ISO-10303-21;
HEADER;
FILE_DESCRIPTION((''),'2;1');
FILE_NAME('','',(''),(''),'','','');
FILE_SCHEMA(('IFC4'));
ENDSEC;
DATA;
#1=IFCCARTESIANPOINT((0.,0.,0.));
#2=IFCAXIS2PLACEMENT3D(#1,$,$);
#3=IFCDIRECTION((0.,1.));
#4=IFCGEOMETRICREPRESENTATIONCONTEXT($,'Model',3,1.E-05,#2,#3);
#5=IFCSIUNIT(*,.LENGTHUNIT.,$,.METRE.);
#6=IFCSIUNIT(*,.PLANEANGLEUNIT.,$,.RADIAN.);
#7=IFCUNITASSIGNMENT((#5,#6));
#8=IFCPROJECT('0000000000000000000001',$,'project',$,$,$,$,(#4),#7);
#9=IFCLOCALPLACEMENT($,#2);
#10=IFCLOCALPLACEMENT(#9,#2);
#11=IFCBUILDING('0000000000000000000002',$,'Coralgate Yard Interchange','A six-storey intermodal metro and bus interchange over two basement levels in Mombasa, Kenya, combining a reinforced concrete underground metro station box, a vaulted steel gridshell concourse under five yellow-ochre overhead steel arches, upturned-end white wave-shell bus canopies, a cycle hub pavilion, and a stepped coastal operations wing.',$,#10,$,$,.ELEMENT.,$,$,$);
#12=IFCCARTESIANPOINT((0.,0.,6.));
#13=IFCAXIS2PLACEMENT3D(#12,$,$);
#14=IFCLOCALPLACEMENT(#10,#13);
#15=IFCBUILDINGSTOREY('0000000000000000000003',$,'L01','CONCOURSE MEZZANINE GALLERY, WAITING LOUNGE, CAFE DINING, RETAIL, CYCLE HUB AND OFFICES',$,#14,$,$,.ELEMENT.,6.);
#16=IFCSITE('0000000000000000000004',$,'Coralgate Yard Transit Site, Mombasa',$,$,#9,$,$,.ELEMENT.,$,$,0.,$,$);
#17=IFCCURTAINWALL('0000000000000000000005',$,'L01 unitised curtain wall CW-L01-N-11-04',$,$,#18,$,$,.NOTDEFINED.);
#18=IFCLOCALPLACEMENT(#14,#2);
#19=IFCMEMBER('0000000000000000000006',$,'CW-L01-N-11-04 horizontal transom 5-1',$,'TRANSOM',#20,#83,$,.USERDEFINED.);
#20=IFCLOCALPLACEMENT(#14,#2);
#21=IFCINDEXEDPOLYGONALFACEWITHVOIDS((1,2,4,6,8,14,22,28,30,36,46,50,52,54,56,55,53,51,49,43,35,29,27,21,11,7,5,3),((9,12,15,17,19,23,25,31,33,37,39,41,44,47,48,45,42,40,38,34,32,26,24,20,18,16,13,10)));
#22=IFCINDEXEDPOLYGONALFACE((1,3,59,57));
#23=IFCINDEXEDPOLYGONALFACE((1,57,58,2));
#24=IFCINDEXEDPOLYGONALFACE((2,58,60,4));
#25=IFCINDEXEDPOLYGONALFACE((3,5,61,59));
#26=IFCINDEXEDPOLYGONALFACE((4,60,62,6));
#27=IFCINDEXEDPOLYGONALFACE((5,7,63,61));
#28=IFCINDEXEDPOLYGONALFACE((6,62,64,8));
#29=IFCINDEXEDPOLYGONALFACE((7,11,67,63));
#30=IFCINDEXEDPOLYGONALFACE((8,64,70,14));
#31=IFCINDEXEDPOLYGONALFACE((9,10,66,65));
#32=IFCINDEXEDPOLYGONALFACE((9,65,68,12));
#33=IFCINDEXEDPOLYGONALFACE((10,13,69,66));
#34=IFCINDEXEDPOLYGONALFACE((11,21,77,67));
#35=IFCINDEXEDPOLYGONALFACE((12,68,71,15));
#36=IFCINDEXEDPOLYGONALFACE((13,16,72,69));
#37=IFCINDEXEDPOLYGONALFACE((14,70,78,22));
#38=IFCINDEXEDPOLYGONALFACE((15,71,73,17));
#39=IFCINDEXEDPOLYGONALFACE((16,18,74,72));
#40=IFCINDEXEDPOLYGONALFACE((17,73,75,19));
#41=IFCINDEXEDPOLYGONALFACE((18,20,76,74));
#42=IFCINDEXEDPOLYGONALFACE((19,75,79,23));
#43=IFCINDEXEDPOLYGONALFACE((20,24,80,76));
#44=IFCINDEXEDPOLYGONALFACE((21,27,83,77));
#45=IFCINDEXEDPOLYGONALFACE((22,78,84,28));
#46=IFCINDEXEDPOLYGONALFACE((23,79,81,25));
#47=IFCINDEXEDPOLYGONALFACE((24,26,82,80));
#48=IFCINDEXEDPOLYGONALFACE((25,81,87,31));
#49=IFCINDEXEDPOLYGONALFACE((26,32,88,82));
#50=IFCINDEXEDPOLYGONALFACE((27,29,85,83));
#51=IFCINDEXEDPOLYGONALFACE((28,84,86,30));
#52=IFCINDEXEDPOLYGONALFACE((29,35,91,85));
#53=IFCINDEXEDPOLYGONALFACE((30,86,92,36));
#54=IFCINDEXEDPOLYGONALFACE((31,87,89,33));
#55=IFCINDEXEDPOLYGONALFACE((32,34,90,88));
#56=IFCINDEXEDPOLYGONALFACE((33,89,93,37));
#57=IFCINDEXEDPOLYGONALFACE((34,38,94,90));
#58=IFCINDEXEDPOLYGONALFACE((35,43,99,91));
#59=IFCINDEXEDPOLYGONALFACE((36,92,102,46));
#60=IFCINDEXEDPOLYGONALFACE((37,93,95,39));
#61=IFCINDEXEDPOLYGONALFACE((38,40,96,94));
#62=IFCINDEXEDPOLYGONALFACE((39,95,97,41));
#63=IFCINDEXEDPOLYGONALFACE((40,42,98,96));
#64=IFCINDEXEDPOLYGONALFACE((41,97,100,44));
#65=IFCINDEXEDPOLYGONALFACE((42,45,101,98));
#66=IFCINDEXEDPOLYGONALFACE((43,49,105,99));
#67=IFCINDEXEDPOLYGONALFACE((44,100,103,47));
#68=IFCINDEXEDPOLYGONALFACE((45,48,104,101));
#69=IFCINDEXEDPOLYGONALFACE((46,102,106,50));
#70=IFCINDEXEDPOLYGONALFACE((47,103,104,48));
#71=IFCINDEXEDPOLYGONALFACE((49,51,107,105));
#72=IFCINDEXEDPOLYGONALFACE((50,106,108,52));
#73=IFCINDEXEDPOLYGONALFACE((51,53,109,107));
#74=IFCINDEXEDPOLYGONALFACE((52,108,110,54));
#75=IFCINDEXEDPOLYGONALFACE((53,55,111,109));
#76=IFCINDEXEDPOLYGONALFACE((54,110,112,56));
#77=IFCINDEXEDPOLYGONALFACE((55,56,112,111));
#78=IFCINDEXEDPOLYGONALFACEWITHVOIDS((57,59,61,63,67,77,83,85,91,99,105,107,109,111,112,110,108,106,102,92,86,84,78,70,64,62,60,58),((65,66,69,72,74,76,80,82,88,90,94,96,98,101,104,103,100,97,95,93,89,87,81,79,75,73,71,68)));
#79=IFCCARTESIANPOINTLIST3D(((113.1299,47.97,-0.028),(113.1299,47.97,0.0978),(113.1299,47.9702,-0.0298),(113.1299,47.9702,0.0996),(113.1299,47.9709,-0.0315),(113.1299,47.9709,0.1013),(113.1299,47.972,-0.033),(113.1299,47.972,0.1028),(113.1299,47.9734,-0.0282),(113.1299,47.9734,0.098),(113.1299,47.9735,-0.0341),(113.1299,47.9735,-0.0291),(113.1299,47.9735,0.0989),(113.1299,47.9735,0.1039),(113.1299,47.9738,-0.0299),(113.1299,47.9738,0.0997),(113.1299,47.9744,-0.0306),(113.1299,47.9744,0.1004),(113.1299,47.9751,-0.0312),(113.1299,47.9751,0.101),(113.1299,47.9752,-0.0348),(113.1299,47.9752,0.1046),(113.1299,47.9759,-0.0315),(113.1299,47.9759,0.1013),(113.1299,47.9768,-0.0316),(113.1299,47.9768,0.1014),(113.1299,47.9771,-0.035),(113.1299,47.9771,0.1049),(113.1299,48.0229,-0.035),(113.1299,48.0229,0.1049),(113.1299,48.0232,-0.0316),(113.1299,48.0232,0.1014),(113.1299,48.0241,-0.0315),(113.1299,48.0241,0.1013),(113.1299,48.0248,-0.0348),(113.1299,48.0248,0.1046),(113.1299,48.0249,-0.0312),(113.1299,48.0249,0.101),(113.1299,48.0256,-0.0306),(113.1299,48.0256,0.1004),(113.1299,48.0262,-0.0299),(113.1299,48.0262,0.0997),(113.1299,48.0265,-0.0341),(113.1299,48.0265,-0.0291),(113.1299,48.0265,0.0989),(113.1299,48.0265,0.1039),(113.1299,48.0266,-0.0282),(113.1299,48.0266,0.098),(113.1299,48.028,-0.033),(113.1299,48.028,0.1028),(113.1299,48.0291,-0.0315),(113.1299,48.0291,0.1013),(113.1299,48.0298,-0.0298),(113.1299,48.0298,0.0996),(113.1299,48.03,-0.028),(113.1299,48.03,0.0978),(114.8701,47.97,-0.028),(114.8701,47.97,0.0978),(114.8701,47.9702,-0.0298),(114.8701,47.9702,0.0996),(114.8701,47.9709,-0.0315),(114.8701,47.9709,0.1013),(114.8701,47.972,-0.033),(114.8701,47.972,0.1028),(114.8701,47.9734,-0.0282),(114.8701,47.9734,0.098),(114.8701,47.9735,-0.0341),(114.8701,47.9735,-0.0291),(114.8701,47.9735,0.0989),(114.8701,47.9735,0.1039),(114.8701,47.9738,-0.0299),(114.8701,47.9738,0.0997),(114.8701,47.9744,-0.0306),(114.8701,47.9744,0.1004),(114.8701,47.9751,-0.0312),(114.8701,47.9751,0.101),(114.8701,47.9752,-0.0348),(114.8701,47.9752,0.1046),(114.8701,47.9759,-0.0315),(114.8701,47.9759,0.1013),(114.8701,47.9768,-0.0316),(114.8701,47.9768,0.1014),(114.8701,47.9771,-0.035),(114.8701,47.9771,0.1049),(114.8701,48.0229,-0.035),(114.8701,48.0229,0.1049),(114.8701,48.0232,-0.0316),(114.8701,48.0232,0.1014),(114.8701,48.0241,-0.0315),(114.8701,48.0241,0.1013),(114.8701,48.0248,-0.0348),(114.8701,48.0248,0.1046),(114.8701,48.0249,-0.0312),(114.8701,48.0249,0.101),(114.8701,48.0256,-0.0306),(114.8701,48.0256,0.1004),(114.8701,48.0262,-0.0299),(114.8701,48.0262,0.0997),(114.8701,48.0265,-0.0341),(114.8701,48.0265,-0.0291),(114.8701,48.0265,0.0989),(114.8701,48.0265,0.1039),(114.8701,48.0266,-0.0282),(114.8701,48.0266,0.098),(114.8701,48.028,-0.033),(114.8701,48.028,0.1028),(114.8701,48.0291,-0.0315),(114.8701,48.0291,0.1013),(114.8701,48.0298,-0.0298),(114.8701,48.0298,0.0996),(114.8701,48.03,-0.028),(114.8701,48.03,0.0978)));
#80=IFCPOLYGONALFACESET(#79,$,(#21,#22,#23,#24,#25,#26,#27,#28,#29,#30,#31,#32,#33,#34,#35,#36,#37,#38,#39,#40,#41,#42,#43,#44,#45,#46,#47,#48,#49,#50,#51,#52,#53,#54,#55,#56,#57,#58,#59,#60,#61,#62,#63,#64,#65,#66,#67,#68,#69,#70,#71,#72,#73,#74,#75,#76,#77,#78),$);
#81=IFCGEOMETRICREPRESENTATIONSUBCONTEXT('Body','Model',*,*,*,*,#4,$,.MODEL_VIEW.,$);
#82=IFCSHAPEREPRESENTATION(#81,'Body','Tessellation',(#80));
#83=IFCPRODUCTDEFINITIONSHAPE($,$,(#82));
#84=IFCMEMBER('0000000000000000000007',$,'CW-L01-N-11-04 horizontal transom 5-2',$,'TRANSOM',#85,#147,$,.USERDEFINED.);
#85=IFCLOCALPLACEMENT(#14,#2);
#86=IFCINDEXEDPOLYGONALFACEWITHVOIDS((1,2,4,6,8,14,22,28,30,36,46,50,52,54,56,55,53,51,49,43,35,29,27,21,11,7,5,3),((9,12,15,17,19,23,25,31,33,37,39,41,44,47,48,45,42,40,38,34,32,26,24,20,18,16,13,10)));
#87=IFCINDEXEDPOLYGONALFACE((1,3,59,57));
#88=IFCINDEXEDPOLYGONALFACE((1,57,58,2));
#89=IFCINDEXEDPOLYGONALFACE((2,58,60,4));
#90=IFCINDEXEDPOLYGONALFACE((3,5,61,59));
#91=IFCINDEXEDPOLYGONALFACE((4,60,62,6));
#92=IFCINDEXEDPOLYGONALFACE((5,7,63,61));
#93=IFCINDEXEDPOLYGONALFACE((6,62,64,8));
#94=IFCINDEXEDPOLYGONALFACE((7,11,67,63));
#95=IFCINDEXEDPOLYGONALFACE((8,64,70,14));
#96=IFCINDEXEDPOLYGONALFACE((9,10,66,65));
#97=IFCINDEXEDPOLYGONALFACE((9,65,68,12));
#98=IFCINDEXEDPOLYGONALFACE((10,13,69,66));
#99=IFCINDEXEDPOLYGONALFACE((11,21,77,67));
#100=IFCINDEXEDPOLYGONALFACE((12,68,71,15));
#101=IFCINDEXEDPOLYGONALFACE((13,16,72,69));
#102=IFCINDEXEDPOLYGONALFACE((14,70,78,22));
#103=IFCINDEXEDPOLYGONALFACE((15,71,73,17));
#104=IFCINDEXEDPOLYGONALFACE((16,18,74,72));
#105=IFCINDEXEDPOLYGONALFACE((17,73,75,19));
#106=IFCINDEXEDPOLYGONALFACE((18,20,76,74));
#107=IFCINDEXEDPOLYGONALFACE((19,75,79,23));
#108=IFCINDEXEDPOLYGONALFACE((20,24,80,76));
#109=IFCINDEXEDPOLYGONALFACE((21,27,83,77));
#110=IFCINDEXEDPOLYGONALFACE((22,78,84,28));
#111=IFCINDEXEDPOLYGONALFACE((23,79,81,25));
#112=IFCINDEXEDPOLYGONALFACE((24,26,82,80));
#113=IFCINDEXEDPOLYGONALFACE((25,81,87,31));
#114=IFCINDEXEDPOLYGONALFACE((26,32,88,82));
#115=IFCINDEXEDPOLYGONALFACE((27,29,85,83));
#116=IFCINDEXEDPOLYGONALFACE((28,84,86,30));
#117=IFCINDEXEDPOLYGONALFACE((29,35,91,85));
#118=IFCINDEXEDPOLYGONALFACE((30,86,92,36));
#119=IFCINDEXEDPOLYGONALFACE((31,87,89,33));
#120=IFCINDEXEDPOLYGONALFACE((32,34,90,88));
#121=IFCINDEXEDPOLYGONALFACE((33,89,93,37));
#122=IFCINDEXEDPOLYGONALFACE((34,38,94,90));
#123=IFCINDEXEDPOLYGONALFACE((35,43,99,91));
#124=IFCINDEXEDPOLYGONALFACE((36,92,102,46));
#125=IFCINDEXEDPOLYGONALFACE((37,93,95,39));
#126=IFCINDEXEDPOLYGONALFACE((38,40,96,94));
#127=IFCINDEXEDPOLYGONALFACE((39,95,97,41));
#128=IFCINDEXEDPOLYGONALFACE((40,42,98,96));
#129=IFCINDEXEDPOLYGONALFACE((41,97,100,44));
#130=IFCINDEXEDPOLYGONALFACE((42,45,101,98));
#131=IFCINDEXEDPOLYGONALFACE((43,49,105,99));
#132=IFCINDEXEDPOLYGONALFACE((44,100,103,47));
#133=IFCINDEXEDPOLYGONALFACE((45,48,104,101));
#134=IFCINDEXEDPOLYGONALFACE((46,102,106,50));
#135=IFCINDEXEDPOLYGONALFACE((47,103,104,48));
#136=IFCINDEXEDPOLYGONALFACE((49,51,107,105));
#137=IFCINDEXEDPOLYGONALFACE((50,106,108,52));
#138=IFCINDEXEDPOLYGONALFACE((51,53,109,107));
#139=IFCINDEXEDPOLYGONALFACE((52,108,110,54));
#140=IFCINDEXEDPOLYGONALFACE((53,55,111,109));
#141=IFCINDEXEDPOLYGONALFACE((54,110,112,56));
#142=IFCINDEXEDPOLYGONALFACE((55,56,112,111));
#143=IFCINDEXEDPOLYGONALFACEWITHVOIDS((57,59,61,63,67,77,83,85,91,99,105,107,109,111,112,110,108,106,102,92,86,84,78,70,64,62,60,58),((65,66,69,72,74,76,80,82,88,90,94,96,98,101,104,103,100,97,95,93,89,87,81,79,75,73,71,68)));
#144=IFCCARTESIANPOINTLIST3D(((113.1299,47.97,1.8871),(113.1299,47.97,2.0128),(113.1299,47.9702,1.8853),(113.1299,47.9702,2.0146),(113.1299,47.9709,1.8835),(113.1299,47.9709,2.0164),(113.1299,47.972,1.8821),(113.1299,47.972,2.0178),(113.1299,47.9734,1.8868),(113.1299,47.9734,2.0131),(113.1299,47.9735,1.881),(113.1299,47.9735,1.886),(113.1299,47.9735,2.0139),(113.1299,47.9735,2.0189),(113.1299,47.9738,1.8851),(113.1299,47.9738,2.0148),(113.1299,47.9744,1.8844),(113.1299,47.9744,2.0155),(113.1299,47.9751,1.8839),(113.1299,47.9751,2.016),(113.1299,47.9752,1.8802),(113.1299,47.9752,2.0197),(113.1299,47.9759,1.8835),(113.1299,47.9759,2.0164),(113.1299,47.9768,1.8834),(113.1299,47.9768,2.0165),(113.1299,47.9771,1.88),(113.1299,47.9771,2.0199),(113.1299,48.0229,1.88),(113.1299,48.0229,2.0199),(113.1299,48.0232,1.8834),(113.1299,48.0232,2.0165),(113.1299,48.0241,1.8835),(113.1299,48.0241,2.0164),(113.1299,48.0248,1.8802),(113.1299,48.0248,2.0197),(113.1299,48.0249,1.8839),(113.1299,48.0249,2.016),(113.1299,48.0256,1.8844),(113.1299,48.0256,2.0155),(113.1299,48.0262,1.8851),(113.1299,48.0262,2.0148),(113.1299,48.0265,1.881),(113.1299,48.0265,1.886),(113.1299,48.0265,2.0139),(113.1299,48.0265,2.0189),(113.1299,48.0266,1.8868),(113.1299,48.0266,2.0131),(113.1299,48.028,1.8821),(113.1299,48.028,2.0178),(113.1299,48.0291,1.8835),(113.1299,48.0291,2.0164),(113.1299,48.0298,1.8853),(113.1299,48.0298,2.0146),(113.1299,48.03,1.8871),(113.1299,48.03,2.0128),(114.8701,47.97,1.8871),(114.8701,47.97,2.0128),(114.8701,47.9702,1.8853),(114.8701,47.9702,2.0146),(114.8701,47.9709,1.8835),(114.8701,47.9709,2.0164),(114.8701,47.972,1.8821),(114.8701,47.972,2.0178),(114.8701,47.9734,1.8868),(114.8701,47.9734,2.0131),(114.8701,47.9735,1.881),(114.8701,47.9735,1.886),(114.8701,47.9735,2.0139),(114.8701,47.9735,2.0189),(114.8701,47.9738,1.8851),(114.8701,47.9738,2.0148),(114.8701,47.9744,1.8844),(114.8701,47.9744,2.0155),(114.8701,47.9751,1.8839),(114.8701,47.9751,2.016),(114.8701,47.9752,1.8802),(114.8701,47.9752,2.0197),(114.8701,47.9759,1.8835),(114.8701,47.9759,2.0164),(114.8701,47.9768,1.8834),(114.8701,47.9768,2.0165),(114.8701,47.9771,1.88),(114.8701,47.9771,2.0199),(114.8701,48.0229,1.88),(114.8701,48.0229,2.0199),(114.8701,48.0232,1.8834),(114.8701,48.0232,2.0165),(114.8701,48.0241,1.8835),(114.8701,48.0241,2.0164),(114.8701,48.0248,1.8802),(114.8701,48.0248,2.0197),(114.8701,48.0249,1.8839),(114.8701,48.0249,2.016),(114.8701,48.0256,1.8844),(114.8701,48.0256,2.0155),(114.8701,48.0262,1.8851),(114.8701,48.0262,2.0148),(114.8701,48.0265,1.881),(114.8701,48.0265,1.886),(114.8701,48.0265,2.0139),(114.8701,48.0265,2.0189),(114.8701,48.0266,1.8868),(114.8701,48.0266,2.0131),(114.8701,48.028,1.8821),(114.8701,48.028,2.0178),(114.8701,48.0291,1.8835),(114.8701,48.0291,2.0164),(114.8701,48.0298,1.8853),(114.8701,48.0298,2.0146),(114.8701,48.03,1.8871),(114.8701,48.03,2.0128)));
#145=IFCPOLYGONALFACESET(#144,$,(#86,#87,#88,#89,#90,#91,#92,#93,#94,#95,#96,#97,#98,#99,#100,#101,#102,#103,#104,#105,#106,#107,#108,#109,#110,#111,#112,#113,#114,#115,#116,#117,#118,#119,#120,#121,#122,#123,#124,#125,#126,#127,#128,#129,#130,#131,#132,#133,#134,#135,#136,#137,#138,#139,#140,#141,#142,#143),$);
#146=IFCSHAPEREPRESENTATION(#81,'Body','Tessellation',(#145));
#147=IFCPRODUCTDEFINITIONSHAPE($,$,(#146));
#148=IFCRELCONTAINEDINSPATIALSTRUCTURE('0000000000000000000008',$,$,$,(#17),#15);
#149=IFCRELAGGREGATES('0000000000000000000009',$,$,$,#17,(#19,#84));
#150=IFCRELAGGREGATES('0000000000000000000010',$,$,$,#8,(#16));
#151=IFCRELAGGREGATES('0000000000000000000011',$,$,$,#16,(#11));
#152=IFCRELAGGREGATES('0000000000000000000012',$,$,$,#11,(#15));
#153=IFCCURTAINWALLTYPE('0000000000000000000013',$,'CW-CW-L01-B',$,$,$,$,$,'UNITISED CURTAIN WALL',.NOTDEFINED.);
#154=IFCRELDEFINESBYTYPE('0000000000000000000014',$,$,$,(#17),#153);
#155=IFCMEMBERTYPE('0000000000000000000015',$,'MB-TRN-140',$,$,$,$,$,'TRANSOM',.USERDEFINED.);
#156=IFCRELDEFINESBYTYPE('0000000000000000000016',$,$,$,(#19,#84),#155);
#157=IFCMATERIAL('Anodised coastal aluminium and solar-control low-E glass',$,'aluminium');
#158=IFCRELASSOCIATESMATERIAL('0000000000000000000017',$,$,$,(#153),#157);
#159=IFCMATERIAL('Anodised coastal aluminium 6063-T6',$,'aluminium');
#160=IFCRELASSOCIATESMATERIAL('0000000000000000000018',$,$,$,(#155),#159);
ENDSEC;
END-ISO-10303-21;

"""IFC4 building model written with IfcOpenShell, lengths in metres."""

from ifc_helpers import new_model, si_unit, direction, frame, origin, origin_2d, place, context, subcontext, project, spatial, hollow_rectangle, extrude, material, material_profile, profile_set, type_object, element, aggregate, save


model = new_model("IFC4")

# Units and contexts
model_context = context("Model", 3, precision=1e-05, world=origin(), true_north=direction((0.0, 1.0)))
body_context = subcontext(model_context, "Body", "Model", "MODEL_VIEW")
ifc_project = project(units=[si_unit("LENGTHUNIT", "METRE"), si_unit("PLANEANGLEUNIT", "RADIAN")], contexts=[model_context])

# Site, building, storey
site_placement = place(None, origin())
site = spatial("IfcSite", under=ifc_project, at=site_placement, Name="Coralgate Yard Transit Site, Mombasa", CompositionType="ELEMENT", RefElevation=0.0)
building_placement = place(site_placement, origin())
building = spatial("IfcBuilding", under=site, at=building_placement, Name="Coralgate Yard Interchange", Description="A six-storey intermodal metro and bus interchange over two basement levels in Mombasa, Kenya, combining a reinforced concrete underground metro station box, a vaulted steel gridshell concourse under five yellow-ochre overhead steel arches, upturned-end white wave-shell bus canopies, a cycle hub pavilion, and a stepped coastal operations wing.", CompositionType="ELEMENT")
storey_placement = place(building_placement, frame((0.0, 0.0, 6.0)))
storey = spatial("IfcBuildingStorey", under=building, at=storey_placement, Name="L01", Description="CONCOURSE MEZZANINE GALLERY, WAITING LOUNGE, CAFE DINING, RETAIL, CYCLE HUB AND OFFICES", CompositionType="ELEMENT", Elevation=6.0)

# Curtain wall
ifc_material_1 = material(Name="Anodised coastal aluminium and solar-control low-E glass", Category="aluminium")
curtain_wall_type = type_object("IfcCurtainWallType", Name="CW-CW-L01-B", ElementType="UNITISED CURTAIN WALL", PredefinedType="NOTDEFINED", material=ifc_material_1)
curtain_wall_1_placement = place(storey_placement, origin())
curtain_wall_1 = element("IfcCurtainWall", 1, at=curtain_wall_1_placement, inside=storey, type_object=curtain_wall_type, Name="L01 unitised curtain wall CW-L01-N-11-04", PredefinedType="NOTDEFINED")
ifc_material_2 = material(Name="Anodised coastal aluminium 6063-T6", Category="aluminium")

# Members
ifc_material_profile_1 = material_profile(ifc_material_2, hollow_rectangle(XDim=0.0601, YDim=0.1399, WallThickness=0.0034, InnerFilletRadius=0.0034, OuterFilletRadius=0.0071, at=origin_2d()), Name="ALU 60x140x3.5")
ifc_profile_set_1 = profile_set([ifc_material_profile_1], Name="Anodised coastal aluminium 6063-T6")
member_type_1 = type_object("IfcMemberType", Name="MB-TRN-140", ElementType="TRANSOM", PredefinedType="USERDEFINED", material=ifc_profile_set_1)
member_1_placement = place(storey_placement, frame((113.1299, 48.0, 0.0349), z_axis=(1.0, 0.0, 0.0), x_axis=(0.0, 1.0, 0.0)))
member_1 = element("IfcMember", 2, at=member_1_placement, type_object=member_type_1, Name="CW-L01-N-11-04 horizontal transom 5-1", ObjectType="TRANSOM", PredefinedType="USERDEFINED", context=body_context, shape_type="SweptSolid", body=[
    extrude(hollow_rectangle(XDim=0.0601, YDim=0.1399, WallThickness=0.0034, InnerFilletRadius=0.0034, OuterFilletRadius=0.0071, at=origin_2d()), origin(), (0.0, 0.0, 1.0), 1.7402),
])
member_2_placement = place(storey_placement, frame((113.1299, 48.0, 1.95), z_axis=(1.0, 0.0, 0.0), x_axis=(0.0, 1.0, 0.0)))
member_2 = element("IfcMember", 3, at=member_2_placement, type_object=member_type_1, Name="CW-L01-N-11-04 horizontal transom 5-2", ObjectType="TRANSOM", PredefinedType="USERDEFINED", context=body_context, shape_type="SweptSolid", body=[
    extrude(hollow_rectangle(XDim=0.0601, YDim=0.1399, WallThickness=0.0034, InnerFilletRadius=0.0034, OuterFilletRadius=0.0071, at=origin_2d()), origin(), (0.0, 0.0, 1.0), 1.7402),
])

aggregate(curtain_wall_1, [member_1, member_2])

save(model, "model.ifc")
